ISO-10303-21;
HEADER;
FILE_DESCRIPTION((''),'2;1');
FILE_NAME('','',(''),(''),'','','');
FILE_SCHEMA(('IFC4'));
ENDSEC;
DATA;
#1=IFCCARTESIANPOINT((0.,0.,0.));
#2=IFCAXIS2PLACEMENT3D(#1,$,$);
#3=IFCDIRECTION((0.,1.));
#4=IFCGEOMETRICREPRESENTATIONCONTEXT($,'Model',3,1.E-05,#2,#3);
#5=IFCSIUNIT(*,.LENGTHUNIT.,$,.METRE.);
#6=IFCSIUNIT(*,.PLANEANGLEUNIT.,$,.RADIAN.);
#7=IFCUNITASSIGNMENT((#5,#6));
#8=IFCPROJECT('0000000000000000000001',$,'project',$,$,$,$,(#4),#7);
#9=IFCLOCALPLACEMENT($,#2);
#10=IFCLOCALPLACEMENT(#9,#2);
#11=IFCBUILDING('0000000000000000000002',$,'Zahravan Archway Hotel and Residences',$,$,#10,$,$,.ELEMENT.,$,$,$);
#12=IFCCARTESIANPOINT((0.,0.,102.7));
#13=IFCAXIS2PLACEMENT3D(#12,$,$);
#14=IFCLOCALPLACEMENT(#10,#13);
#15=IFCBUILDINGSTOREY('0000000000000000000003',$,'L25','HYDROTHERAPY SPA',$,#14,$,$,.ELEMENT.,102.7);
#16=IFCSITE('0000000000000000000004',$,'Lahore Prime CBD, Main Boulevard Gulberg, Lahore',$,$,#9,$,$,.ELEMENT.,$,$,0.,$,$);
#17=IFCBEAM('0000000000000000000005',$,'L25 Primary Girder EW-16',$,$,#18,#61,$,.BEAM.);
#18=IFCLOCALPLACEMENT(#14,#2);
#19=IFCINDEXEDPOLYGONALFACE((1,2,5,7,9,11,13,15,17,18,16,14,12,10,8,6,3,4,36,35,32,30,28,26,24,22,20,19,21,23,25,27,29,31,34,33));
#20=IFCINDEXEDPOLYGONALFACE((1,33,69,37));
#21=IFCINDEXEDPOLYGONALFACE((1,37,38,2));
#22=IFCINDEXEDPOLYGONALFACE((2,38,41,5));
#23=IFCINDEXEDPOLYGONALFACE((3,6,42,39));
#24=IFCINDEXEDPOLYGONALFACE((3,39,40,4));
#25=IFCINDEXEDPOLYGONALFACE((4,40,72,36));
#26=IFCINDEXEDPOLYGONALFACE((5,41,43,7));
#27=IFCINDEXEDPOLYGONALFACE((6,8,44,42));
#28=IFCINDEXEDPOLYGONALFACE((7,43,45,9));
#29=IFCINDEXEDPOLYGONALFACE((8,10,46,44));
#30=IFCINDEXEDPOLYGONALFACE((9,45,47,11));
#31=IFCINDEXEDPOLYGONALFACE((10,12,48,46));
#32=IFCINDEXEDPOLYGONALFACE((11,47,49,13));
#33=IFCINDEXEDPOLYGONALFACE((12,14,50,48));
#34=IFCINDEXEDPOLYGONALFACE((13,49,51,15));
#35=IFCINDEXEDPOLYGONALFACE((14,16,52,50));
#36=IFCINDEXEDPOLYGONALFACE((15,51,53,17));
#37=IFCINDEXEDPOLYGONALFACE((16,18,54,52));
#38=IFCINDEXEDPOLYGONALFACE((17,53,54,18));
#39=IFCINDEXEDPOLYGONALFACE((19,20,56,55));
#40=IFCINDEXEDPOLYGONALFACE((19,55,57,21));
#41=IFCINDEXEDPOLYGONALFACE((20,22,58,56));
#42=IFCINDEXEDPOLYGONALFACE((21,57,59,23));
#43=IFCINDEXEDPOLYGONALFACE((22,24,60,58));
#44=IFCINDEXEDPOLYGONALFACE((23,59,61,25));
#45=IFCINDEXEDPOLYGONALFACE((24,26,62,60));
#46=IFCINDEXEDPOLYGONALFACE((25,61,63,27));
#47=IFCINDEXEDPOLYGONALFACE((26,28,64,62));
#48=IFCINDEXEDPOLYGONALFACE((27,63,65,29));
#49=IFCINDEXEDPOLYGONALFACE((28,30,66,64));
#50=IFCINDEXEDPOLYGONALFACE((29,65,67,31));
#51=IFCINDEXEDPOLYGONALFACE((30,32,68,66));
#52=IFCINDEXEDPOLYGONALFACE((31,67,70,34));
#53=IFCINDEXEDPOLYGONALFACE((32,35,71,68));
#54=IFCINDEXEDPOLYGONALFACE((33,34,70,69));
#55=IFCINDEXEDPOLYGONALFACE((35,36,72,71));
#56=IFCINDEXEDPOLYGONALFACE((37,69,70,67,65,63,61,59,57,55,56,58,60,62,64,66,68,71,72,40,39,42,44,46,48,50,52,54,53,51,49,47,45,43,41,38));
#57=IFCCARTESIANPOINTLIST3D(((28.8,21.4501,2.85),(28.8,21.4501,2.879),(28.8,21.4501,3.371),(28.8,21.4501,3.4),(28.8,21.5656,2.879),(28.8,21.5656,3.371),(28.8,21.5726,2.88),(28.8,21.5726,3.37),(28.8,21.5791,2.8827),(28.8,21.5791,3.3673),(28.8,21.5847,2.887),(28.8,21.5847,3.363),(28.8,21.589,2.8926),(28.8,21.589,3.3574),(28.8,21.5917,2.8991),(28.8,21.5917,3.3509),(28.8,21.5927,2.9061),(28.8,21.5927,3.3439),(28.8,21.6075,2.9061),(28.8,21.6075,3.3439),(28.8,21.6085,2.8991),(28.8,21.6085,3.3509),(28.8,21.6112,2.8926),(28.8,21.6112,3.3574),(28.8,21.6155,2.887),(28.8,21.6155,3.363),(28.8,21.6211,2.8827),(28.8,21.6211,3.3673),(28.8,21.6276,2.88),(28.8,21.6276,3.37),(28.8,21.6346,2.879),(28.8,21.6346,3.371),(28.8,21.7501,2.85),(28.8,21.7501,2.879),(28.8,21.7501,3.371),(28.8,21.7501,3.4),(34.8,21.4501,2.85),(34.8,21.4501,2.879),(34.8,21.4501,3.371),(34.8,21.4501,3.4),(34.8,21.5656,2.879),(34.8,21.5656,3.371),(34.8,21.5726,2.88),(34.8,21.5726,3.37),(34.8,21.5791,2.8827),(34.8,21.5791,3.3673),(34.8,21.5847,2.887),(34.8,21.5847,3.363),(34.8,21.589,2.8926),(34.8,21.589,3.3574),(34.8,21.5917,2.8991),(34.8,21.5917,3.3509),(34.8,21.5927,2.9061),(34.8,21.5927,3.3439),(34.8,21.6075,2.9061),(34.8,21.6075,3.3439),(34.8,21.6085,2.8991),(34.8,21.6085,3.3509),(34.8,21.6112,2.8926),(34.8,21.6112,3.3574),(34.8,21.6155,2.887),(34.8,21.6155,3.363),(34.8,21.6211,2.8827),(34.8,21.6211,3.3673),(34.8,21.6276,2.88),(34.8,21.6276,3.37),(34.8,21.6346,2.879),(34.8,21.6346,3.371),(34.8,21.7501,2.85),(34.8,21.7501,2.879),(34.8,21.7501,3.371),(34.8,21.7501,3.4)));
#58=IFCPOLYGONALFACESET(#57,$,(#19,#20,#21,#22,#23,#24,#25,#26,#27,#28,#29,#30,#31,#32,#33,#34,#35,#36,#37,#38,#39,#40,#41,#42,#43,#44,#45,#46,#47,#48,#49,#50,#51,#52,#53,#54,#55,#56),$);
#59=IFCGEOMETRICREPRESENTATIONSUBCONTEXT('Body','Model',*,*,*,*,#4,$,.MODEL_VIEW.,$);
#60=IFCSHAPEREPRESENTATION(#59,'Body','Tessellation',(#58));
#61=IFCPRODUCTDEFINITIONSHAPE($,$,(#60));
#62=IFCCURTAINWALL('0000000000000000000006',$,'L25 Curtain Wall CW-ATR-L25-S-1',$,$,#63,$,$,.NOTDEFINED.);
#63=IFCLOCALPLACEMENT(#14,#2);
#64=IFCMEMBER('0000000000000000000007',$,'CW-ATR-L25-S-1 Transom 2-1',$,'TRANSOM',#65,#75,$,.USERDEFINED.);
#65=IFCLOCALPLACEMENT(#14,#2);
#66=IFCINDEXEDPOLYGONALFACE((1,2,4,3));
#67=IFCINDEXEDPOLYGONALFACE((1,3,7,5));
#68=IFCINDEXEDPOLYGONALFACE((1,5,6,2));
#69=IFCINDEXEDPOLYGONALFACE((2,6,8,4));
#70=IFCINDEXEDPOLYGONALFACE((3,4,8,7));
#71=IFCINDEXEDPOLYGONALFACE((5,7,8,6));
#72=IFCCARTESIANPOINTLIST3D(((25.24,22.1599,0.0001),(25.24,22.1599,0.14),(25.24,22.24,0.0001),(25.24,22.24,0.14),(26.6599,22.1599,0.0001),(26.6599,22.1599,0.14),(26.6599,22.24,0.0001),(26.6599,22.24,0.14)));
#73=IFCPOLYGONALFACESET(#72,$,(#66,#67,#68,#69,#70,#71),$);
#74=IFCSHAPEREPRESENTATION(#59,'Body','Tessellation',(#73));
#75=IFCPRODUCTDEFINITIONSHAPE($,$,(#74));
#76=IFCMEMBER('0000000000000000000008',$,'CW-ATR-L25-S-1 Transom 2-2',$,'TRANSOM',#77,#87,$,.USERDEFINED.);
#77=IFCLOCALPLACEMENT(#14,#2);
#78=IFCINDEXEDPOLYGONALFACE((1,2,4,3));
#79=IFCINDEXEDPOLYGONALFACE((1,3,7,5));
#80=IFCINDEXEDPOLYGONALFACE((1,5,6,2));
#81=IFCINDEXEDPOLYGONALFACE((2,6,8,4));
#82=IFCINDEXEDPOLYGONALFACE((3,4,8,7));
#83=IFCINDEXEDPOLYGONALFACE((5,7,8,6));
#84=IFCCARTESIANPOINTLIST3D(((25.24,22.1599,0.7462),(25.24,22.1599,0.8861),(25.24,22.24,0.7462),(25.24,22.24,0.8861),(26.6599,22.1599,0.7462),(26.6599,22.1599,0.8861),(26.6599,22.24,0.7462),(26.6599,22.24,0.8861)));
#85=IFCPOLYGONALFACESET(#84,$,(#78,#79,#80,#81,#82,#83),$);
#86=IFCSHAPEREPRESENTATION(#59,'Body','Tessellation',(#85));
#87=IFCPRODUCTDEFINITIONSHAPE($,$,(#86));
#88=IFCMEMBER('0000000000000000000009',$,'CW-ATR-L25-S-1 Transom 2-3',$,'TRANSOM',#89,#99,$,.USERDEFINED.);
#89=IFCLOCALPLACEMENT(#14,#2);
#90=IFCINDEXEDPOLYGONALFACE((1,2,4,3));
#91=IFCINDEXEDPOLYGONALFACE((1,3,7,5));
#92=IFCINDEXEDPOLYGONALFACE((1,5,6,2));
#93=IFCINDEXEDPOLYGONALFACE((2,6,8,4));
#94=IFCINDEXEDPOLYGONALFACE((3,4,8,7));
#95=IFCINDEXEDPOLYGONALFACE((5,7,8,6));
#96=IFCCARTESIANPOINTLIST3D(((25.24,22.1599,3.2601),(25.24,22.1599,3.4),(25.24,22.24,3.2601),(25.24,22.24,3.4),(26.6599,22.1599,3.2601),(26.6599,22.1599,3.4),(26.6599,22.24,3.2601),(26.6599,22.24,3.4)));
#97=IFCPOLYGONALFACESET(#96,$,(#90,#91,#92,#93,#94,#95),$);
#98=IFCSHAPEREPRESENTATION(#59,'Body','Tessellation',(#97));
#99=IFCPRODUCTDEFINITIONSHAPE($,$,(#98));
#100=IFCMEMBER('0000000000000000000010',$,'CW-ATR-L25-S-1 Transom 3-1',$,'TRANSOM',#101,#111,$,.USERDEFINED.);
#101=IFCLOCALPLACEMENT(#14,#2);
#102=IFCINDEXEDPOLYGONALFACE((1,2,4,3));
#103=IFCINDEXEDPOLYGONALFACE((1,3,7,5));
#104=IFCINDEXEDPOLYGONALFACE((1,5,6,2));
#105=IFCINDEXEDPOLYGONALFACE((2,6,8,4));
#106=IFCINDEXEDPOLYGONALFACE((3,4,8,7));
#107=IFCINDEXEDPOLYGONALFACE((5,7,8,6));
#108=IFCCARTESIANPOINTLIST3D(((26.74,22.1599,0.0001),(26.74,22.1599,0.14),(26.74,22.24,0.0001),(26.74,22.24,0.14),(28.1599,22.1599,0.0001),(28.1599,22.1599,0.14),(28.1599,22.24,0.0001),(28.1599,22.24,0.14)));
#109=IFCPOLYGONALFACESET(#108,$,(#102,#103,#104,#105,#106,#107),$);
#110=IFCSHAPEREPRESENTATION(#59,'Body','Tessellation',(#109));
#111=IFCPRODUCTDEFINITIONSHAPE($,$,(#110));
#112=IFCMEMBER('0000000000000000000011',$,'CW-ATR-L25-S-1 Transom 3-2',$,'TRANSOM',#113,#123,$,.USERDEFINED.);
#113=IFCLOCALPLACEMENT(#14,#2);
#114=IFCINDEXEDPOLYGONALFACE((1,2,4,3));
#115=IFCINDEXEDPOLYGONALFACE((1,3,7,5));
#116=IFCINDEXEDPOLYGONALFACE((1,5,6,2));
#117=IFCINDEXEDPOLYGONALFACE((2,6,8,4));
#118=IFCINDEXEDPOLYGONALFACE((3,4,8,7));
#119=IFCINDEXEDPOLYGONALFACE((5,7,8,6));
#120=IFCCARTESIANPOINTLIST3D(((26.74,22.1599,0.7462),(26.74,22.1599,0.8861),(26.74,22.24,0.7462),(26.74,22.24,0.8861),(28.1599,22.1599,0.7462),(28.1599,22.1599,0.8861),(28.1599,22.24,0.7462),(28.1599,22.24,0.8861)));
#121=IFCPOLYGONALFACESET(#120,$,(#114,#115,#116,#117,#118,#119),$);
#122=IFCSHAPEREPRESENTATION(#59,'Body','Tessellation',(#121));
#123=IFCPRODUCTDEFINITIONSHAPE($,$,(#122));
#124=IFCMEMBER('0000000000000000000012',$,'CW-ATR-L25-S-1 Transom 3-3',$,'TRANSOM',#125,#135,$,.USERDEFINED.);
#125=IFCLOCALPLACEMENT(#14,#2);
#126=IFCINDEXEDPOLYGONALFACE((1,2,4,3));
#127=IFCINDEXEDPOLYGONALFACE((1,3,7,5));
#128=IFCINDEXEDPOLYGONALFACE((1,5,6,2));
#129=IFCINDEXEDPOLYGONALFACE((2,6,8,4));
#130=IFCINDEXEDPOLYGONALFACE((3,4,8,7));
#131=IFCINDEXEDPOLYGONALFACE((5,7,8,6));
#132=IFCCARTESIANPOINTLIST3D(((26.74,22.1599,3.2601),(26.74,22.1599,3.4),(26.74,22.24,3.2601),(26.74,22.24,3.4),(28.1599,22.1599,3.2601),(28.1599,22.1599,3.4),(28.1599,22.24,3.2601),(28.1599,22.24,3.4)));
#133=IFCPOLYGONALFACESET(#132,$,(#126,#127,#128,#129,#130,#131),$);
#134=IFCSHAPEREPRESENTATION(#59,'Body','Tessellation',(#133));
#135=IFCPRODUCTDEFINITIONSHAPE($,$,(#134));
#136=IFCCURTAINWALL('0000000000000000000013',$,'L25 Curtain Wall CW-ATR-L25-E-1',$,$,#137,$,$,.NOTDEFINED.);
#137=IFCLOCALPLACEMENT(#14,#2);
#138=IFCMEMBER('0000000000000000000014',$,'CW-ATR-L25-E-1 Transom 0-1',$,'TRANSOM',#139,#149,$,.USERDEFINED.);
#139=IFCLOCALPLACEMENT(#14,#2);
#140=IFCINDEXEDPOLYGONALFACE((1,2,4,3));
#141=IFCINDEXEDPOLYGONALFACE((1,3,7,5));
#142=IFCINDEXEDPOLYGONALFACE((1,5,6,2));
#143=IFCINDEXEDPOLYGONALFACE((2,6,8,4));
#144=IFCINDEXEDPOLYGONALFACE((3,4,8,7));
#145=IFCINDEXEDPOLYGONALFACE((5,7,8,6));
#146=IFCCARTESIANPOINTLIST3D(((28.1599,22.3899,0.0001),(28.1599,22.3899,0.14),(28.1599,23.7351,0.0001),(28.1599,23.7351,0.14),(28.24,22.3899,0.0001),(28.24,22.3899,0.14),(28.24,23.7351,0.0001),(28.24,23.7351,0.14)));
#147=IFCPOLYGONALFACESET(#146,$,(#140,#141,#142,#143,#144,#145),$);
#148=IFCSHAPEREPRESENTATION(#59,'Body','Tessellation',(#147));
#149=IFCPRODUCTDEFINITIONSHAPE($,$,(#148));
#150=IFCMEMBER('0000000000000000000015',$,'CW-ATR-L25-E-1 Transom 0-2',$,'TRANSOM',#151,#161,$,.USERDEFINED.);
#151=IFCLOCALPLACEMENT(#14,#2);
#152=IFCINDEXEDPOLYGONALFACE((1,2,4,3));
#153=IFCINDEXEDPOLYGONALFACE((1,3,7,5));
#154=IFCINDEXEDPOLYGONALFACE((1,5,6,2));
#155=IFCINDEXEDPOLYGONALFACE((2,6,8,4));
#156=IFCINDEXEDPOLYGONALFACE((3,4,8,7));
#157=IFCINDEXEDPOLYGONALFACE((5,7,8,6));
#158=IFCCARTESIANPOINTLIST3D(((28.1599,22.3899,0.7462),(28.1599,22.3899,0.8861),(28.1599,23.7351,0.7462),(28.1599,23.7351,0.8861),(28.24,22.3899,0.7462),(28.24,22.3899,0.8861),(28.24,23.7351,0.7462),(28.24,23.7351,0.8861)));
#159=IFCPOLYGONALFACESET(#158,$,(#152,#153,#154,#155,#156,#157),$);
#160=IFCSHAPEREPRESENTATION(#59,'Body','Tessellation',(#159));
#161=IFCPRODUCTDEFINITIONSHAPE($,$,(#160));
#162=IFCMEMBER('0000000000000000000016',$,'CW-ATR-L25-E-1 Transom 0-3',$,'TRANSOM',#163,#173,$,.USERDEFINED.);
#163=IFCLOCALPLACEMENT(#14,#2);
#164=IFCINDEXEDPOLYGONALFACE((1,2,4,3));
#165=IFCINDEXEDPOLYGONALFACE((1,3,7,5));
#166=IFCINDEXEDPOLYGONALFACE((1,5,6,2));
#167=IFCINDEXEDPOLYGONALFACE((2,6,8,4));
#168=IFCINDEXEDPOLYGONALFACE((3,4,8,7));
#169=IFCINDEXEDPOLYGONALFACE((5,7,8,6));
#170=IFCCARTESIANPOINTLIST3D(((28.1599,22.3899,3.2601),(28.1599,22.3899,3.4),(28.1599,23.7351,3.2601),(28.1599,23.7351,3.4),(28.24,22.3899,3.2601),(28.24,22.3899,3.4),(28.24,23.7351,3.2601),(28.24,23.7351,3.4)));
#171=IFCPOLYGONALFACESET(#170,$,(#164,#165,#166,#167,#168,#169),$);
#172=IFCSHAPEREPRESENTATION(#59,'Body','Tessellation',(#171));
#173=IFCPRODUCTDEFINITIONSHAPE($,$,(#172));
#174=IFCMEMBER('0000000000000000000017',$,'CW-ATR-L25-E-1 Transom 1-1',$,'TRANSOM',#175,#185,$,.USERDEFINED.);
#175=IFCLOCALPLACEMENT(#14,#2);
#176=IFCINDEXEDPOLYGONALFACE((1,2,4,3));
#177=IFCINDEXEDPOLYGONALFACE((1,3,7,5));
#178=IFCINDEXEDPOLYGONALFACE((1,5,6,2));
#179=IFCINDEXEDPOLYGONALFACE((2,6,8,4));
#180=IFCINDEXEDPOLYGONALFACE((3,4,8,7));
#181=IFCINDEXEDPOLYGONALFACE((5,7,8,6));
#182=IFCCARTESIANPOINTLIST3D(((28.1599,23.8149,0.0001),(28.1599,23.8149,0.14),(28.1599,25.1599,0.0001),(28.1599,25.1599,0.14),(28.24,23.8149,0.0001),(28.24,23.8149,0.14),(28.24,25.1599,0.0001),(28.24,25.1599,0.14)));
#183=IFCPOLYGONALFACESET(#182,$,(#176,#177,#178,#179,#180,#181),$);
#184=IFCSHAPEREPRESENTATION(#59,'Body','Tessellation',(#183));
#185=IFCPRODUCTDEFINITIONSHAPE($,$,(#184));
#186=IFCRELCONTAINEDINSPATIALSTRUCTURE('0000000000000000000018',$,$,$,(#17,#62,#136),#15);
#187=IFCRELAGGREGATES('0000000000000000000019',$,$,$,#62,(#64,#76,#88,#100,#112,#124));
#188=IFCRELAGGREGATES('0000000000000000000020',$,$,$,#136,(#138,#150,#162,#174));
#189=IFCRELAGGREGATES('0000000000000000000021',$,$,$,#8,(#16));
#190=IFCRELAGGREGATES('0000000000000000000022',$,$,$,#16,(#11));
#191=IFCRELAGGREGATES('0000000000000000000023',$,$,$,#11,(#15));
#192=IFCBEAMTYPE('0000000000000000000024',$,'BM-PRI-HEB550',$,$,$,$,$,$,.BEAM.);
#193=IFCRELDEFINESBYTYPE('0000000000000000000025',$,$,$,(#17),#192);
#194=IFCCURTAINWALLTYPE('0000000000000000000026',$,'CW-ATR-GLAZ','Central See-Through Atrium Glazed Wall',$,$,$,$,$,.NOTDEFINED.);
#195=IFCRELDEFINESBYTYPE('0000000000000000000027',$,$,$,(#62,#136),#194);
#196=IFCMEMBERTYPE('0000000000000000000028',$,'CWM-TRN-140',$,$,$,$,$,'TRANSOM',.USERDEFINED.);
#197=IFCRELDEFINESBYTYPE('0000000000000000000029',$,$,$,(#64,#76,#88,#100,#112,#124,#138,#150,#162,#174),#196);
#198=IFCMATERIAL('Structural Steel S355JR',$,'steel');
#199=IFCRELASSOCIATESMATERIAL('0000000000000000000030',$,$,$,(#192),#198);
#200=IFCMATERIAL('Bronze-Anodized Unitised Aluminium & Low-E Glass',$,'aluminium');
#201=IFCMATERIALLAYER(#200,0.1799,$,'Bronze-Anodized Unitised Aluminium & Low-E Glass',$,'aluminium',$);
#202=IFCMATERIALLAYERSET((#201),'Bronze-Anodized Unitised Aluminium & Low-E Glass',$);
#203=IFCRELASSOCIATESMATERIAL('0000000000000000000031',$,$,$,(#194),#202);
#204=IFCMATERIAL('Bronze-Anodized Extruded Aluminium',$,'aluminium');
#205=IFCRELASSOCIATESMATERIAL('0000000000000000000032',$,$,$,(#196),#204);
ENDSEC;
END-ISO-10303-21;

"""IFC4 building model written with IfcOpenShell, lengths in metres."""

from ifc_helpers import new_model, si_unit, direction, frame, origin, origin_2d, place, context, subcontext, project, spatial, rectangle, i_section, extrude, source, transform, mapped, material, layer, layer_set, material_profile, profile_set, type_object, element, aggregate, save


model = new_model("IFC4")

# Units and contexts
model_context = context("Model", 3, precision=1e-05, world=origin(), true_north=direction((0.0, 1.0)))
body_context = subcontext(model_context, "Body", "Model", "MODEL_VIEW")
ifc_project = project(units=[si_unit("LENGTHUNIT", "METRE"), si_unit("PLANEANGLEUNIT", "RADIAN")], contexts=[model_context])

# Site, building, storey
site_placement = place(None, origin())
site = spatial("IfcSite", under=ifc_project, at=site_placement, Name="Lahore Prime CBD, Main Boulevard Gulberg, Lahore", CompositionType="ELEMENT", RefElevation=0.0)
building_placement = place(site_placement, origin())
building = spatial("IfcBuilding", under=site, at=building_placement, Name="Zahravan Archway Hotel and Residences", CompositionType="ELEMENT")
storey_placement = place(building_placement, frame((0.0, 0.0, 102.7)))
storey = spatial("IfcBuildingStorey", under=building, at=storey_placement, Name="L25", Description="HYDROTHERAPY SPA", CompositionType="ELEMENT", Elevation=102.7)

# Beam
ifc_material_1 = material(Name="Structural Steel S355JR", Category="steel")
ifc_material_profile_1 = material_profile(ifc_material_1, i_section(OverallWidth=0.3, OverallDepth=0.55, WebThickness=0.0149, FlangeThickness=0.0291, FilletRadius=0.0271, at=origin_2d()), Name="HEB 550", Category="steel")
ifc_profile_set_1 = profile_set([ifc_material_profile_1], Name="Structural Steel S355JR")
beam_type = type_object("IfcBeamType", Name="BM-PRI-HEB550", PredefinedType="BEAM", material=ifc_profile_set_1)
shared_shape_1 = source(origin(), body_context, "Body", "SweptSolid", [
    extrude(i_section(OverallWidth=0.3, OverallDepth=0.55, WebThickness=0.0149, FlangeThickness=0.0291, FilletRadius=0.0271, at=origin_2d()), origin(), (0.0, 0.0, 1.0), 6.0),
])
beam_placement = place(storey_placement, frame((28.8, 21.6001, 3.125), z_axis=(1.0, 0.0, 0.0), x_axis=(0.0, 1.0, 0.0)))
element("IfcBeam", 1, at=beam_placement, inside=storey, type_object=beam_type, Name="L25 Primary Girder EW-16", PredefinedType="BEAM", context=body_context, shape_type="MappedRepresentation", body=[
    mapped(shared_shape_1, transform((0.0, 0.0, 0.0), scale=1.0)),
])

# Curtain walls, members
ifc_material_2 = material(Name="Bronze-Anodized Unitised Aluminium & Low-E Glass", Category="aluminium")
ifc_layer_1 = layer(ifc_material_2, 0.1799, Name="Bronze-Anodized Unitised Aluminium & Low-E Glass", Category="aluminium")
ifc_layer_set_1 = layer_set([ifc_layer_1], Name="Bronze-Anodized Unitised Aluminium & Low-E Glass")
curtain_wall_type = type_object("IfcCurtainWallType", Name="CW-ATR-GLAZ", Description="Central See-Through Atrium Glazed Wall", PredefinedType="NOTDEFINED", material=ifc_layer_set_1)
curtain_wall_1_placement = place(storey_placement, origin())
curtain_wall_1 = element("IfcCurtainWall", 2, at=curtain_wall_1_placement, inside=storey, type_object=curtain_wall_type, Name="L25 Curtain Wall CW-ATR-L25-S-1", PredefinedType="NOTDEFINED")
ifc_material_3 = material(Name="Bronze-Anodized Extruded Aluminium", Category="aluminium")
ifc_material_profile_2 = material_profile(ifc_material_3, rectangle(XDim=0.0801, YDim=0.1399, at=origin_2d()), Name="TRN 80x140", Category="aluminium")
ifc_profile_set_2 = profile_set([ifc_material_profile_2], Name="Bronze-Anodized Extruded Aluminium")
member_type_1 = type_object("IfcMemberType", Name="CWM-TRN-140", ElementType="TRANSOM", PredefinedType="USERDEFINED", material=ifc_profile_set_2)
shared_shape_2 = source(origin(), body_context, "Body", "SweptSolid", [
    extrude(rectangle(XDim=0.0801, YDim=0.1399, at=origin_2d()), origin(), (0.0, 0.0, 1.0), 1.4199),
])
member_1_placement = place(storey_placement, frame((25.24, 22.2, 0.0701), z_axis=(1.0, 0.0, 0.0), x_axis=(0.0, 1.0, 0.0)))
member_1 = element("IfcMember", 3, at=member_1_placement, type_object=member_type_1, Name="CW-ATR-L25-S-1 Transom 2-1", ObjectType="TRANSOM", PredefinedType="USERDEFINED", context=body_context, shape_type="MappedRepresentation", body=[
    mapped(shared_shape_2, transform((0.0, 0.0, 0.0), scale=1.0)),
])
member_2_placement = place(storey_placement, frame((25.24, 22.2, 0.8162), z_axis=(1.0, 0.0, 0.0), x_axis=(0.0, 1.0, 0.0)))
member_2 = element("IfcMember", 4, at=member_2_placement, type_object=member_type_1, Name="CW-ATR-L25-S-1 Transom 2-2", ObjectType="TRANSOM", PredefinedType="USERDEFINED", context=body_context, shape_type="MappedRepresentation", body=[
    mapped(shared_shape_2, transform((0.0, 0.0, 0.0), scale=1.0)),
])
member_3_placement = place(storey_placement, frame((25.24, 22.2, 3.3301), z_axis=(1.0, 0.0, 0.0), x_axis=(0.0, 1.0, 0.0)))
member_3 = element("IfcMember", 5, at=member_3_placement, type_object=member_type_1, Name="CW-ATR-L25-S-1 Transom 2-3", ObjectType="TRANSOM", PredefinedType="USERDEFINED", context=body_context, shape_type="MappedRepresentation", body=[
    mapped(shared_shape_2, transform((0.0, 0.0, 0.0), scale=1.0)),
])
member_4_placement = place(storey_placement, frame((26.74, 22.2, 0.0701), z_axis=(1.0, 0.0, 0.0), x_axis=(0.0, 1.0, 0.0)))
member_4 = element("IfcMember", 6, at=member_4_placement, type_object=member_type_1, Name="CW-ATR-L25-S-1 Transom 3-1", ObjectType="TRANSOM", PredefinedType="USERDEFINED", context=body_context, shape_type="MappedRepresentation", body=[
    mapped(shared_shape_2, transform((0.0, 0.0, 0.0), scale=1.0)),
])
member_5_placement = place(storey_placement, frame((26.74, 22.2, 0.8162), z_axis=(1.0, 0.0, 0.0), x_axis=(0.0, 1.0, 0.0)))
member_5 = element("IfcMember", 7, at=member_5_placement, type_object=member_type_1, Name="CW-ATR-L25-S-1 Transom 3-2", ObjectType="TRANSOM", PredefinedType="USERDEFINED", context=body_context, shape_type="MappedRepresentation", body=[
    mapped(shared_shape_2, transform((0.0, 0.0, 0.0), scale=1.0)),
])
member_6_placement = place(storey_placement, frame((26.74, 22.2, 3.3301), z_axis=(1.0, 0.0, 0.0), x_axis=(0.0, 1.0, 0.0)))
member_6 = element("IfcMember", 8, at=member_6_placement, type_object=member_type_1, Name="CW-ATR-L25-S-1 Transom 3-3", ObjectType="TRANSOM", PredefinedType="USERDEFINED", context=body_context, shape_type="MappedRepresentation", body=[
    mapped(shared_shape_2, transform((0.0, 0.0, 0.0), scale=1.0)),
])
curtain_wall_2_placement = place(storey_placement, origin())
curtain_wall_2 = element("IfcCurtainWall", 9, at=curtain_wall_2_placement, inside=storey, type_object=curtain_wall_type, Name="L25 Curtain Wall CW-ATR-L25-E-1", PredefinedType="NOTDEFINED")
shared_shape_3 = source(origin(), body_context, "Body", "SweptSolid", [
    extrude(rectangle(XDim=0.0801, YDim=0.1399, at=origin_2d()), origin(), (0.0, 0.0, 1.0), 1.3452),
])
member_7_placement = place(storey_placement, frame((28.2, 22.3899, 0.0701), z_axis=(0.0, 1.0, 0.0), x_axis=(-1.0, 0.0, 0.0)))
member_7 = element("IfcMember", 10, at=member_7_placement, type_object=member_type_1, Name="CW-ATR-L25-E-1 Transom 0-1", ObjectType="TRANSOM", PredefinedType="USERDEFINED", context=body_context, shape_type="MappedRepresentation", body=[
    mapped(shared_shape_3, transform((0.0, 0.0, 0.0), scale=1.0)),
])
member_8_placement = place(storey_placement, frame((28.2, 22.3899, 0.8162), z_axis=(0.0, 1.0, 0.0), x_axis=(-1.0, 0.0, 0.0)))
member_8 = element("IfcMember", 11, at=member_8_placement, type_object=member_type_1, Name="CW-ATR-L25-E-1 Transom 0-2", ObjectType="TRANSOM", PredefinedType="USERDEFINED", context=body_context, shape_type="MappedRepresentation", body=[
    mapped(shared_shape_3, transform((0.0, 0.0, 0.0), scale=1.0)),
])
member_9_placement = place(storey_placement, frame((28.2, 22.3899, 3.3301), z_axis=(0.0, 1.0, 0.0), x_axis=(-1.0, 0.0, 0.0)))
member_9 = element("IfcMember", 12, at=member_9_placement, type_object=member_type_1, Name="CW-ATR-L25-E-1 Transom 0-3", ObjectType="TRANSOM", PredefinedType="USERDEFINED", context=body_context, shape_type="MappedRepresentation", body=[
    mapped(shared_shape_3, transform((0.0, 0.0, 0.0), scale=1.0)),
])
shared_shape_4 = source(origin(), body_context, "Body", "SweptSolid", [
    extrude(rectangle(XDim=0.0801, YDim=0.1399, at=origin_2d()), origin(), (0.0, 0.0, 1.0), 1.345),
])
member_10_placement = place(storey_placement, frame((28.2, 23.8149, 0.0701), z_axis=(0.0, 1.0, 0.0), x_axis=(-1.0, 0.0, 0.0)))
member_10 = element("IfcMember", 13, at=member_10_placement, type_object=member_type_1, Name="CW-ATR-L25-E-1 Transom 1-1", ObjectType="TRANSOM", PredefinedType="USERDEFINED", context=body_context, shape_type="MappedRepresentation", body=[
    mapped(shared_shape_4, transform((0.0, 0.0, 0.0), scale=1.0)),
])

aggregate(curtain_wall_1, [member_1, member_2, member_3, member_4, member_5, member_6])
aggregate(curtain_wall_2, [member_7, member_8, member_9, member_10])

save(model, "model.ifc")
